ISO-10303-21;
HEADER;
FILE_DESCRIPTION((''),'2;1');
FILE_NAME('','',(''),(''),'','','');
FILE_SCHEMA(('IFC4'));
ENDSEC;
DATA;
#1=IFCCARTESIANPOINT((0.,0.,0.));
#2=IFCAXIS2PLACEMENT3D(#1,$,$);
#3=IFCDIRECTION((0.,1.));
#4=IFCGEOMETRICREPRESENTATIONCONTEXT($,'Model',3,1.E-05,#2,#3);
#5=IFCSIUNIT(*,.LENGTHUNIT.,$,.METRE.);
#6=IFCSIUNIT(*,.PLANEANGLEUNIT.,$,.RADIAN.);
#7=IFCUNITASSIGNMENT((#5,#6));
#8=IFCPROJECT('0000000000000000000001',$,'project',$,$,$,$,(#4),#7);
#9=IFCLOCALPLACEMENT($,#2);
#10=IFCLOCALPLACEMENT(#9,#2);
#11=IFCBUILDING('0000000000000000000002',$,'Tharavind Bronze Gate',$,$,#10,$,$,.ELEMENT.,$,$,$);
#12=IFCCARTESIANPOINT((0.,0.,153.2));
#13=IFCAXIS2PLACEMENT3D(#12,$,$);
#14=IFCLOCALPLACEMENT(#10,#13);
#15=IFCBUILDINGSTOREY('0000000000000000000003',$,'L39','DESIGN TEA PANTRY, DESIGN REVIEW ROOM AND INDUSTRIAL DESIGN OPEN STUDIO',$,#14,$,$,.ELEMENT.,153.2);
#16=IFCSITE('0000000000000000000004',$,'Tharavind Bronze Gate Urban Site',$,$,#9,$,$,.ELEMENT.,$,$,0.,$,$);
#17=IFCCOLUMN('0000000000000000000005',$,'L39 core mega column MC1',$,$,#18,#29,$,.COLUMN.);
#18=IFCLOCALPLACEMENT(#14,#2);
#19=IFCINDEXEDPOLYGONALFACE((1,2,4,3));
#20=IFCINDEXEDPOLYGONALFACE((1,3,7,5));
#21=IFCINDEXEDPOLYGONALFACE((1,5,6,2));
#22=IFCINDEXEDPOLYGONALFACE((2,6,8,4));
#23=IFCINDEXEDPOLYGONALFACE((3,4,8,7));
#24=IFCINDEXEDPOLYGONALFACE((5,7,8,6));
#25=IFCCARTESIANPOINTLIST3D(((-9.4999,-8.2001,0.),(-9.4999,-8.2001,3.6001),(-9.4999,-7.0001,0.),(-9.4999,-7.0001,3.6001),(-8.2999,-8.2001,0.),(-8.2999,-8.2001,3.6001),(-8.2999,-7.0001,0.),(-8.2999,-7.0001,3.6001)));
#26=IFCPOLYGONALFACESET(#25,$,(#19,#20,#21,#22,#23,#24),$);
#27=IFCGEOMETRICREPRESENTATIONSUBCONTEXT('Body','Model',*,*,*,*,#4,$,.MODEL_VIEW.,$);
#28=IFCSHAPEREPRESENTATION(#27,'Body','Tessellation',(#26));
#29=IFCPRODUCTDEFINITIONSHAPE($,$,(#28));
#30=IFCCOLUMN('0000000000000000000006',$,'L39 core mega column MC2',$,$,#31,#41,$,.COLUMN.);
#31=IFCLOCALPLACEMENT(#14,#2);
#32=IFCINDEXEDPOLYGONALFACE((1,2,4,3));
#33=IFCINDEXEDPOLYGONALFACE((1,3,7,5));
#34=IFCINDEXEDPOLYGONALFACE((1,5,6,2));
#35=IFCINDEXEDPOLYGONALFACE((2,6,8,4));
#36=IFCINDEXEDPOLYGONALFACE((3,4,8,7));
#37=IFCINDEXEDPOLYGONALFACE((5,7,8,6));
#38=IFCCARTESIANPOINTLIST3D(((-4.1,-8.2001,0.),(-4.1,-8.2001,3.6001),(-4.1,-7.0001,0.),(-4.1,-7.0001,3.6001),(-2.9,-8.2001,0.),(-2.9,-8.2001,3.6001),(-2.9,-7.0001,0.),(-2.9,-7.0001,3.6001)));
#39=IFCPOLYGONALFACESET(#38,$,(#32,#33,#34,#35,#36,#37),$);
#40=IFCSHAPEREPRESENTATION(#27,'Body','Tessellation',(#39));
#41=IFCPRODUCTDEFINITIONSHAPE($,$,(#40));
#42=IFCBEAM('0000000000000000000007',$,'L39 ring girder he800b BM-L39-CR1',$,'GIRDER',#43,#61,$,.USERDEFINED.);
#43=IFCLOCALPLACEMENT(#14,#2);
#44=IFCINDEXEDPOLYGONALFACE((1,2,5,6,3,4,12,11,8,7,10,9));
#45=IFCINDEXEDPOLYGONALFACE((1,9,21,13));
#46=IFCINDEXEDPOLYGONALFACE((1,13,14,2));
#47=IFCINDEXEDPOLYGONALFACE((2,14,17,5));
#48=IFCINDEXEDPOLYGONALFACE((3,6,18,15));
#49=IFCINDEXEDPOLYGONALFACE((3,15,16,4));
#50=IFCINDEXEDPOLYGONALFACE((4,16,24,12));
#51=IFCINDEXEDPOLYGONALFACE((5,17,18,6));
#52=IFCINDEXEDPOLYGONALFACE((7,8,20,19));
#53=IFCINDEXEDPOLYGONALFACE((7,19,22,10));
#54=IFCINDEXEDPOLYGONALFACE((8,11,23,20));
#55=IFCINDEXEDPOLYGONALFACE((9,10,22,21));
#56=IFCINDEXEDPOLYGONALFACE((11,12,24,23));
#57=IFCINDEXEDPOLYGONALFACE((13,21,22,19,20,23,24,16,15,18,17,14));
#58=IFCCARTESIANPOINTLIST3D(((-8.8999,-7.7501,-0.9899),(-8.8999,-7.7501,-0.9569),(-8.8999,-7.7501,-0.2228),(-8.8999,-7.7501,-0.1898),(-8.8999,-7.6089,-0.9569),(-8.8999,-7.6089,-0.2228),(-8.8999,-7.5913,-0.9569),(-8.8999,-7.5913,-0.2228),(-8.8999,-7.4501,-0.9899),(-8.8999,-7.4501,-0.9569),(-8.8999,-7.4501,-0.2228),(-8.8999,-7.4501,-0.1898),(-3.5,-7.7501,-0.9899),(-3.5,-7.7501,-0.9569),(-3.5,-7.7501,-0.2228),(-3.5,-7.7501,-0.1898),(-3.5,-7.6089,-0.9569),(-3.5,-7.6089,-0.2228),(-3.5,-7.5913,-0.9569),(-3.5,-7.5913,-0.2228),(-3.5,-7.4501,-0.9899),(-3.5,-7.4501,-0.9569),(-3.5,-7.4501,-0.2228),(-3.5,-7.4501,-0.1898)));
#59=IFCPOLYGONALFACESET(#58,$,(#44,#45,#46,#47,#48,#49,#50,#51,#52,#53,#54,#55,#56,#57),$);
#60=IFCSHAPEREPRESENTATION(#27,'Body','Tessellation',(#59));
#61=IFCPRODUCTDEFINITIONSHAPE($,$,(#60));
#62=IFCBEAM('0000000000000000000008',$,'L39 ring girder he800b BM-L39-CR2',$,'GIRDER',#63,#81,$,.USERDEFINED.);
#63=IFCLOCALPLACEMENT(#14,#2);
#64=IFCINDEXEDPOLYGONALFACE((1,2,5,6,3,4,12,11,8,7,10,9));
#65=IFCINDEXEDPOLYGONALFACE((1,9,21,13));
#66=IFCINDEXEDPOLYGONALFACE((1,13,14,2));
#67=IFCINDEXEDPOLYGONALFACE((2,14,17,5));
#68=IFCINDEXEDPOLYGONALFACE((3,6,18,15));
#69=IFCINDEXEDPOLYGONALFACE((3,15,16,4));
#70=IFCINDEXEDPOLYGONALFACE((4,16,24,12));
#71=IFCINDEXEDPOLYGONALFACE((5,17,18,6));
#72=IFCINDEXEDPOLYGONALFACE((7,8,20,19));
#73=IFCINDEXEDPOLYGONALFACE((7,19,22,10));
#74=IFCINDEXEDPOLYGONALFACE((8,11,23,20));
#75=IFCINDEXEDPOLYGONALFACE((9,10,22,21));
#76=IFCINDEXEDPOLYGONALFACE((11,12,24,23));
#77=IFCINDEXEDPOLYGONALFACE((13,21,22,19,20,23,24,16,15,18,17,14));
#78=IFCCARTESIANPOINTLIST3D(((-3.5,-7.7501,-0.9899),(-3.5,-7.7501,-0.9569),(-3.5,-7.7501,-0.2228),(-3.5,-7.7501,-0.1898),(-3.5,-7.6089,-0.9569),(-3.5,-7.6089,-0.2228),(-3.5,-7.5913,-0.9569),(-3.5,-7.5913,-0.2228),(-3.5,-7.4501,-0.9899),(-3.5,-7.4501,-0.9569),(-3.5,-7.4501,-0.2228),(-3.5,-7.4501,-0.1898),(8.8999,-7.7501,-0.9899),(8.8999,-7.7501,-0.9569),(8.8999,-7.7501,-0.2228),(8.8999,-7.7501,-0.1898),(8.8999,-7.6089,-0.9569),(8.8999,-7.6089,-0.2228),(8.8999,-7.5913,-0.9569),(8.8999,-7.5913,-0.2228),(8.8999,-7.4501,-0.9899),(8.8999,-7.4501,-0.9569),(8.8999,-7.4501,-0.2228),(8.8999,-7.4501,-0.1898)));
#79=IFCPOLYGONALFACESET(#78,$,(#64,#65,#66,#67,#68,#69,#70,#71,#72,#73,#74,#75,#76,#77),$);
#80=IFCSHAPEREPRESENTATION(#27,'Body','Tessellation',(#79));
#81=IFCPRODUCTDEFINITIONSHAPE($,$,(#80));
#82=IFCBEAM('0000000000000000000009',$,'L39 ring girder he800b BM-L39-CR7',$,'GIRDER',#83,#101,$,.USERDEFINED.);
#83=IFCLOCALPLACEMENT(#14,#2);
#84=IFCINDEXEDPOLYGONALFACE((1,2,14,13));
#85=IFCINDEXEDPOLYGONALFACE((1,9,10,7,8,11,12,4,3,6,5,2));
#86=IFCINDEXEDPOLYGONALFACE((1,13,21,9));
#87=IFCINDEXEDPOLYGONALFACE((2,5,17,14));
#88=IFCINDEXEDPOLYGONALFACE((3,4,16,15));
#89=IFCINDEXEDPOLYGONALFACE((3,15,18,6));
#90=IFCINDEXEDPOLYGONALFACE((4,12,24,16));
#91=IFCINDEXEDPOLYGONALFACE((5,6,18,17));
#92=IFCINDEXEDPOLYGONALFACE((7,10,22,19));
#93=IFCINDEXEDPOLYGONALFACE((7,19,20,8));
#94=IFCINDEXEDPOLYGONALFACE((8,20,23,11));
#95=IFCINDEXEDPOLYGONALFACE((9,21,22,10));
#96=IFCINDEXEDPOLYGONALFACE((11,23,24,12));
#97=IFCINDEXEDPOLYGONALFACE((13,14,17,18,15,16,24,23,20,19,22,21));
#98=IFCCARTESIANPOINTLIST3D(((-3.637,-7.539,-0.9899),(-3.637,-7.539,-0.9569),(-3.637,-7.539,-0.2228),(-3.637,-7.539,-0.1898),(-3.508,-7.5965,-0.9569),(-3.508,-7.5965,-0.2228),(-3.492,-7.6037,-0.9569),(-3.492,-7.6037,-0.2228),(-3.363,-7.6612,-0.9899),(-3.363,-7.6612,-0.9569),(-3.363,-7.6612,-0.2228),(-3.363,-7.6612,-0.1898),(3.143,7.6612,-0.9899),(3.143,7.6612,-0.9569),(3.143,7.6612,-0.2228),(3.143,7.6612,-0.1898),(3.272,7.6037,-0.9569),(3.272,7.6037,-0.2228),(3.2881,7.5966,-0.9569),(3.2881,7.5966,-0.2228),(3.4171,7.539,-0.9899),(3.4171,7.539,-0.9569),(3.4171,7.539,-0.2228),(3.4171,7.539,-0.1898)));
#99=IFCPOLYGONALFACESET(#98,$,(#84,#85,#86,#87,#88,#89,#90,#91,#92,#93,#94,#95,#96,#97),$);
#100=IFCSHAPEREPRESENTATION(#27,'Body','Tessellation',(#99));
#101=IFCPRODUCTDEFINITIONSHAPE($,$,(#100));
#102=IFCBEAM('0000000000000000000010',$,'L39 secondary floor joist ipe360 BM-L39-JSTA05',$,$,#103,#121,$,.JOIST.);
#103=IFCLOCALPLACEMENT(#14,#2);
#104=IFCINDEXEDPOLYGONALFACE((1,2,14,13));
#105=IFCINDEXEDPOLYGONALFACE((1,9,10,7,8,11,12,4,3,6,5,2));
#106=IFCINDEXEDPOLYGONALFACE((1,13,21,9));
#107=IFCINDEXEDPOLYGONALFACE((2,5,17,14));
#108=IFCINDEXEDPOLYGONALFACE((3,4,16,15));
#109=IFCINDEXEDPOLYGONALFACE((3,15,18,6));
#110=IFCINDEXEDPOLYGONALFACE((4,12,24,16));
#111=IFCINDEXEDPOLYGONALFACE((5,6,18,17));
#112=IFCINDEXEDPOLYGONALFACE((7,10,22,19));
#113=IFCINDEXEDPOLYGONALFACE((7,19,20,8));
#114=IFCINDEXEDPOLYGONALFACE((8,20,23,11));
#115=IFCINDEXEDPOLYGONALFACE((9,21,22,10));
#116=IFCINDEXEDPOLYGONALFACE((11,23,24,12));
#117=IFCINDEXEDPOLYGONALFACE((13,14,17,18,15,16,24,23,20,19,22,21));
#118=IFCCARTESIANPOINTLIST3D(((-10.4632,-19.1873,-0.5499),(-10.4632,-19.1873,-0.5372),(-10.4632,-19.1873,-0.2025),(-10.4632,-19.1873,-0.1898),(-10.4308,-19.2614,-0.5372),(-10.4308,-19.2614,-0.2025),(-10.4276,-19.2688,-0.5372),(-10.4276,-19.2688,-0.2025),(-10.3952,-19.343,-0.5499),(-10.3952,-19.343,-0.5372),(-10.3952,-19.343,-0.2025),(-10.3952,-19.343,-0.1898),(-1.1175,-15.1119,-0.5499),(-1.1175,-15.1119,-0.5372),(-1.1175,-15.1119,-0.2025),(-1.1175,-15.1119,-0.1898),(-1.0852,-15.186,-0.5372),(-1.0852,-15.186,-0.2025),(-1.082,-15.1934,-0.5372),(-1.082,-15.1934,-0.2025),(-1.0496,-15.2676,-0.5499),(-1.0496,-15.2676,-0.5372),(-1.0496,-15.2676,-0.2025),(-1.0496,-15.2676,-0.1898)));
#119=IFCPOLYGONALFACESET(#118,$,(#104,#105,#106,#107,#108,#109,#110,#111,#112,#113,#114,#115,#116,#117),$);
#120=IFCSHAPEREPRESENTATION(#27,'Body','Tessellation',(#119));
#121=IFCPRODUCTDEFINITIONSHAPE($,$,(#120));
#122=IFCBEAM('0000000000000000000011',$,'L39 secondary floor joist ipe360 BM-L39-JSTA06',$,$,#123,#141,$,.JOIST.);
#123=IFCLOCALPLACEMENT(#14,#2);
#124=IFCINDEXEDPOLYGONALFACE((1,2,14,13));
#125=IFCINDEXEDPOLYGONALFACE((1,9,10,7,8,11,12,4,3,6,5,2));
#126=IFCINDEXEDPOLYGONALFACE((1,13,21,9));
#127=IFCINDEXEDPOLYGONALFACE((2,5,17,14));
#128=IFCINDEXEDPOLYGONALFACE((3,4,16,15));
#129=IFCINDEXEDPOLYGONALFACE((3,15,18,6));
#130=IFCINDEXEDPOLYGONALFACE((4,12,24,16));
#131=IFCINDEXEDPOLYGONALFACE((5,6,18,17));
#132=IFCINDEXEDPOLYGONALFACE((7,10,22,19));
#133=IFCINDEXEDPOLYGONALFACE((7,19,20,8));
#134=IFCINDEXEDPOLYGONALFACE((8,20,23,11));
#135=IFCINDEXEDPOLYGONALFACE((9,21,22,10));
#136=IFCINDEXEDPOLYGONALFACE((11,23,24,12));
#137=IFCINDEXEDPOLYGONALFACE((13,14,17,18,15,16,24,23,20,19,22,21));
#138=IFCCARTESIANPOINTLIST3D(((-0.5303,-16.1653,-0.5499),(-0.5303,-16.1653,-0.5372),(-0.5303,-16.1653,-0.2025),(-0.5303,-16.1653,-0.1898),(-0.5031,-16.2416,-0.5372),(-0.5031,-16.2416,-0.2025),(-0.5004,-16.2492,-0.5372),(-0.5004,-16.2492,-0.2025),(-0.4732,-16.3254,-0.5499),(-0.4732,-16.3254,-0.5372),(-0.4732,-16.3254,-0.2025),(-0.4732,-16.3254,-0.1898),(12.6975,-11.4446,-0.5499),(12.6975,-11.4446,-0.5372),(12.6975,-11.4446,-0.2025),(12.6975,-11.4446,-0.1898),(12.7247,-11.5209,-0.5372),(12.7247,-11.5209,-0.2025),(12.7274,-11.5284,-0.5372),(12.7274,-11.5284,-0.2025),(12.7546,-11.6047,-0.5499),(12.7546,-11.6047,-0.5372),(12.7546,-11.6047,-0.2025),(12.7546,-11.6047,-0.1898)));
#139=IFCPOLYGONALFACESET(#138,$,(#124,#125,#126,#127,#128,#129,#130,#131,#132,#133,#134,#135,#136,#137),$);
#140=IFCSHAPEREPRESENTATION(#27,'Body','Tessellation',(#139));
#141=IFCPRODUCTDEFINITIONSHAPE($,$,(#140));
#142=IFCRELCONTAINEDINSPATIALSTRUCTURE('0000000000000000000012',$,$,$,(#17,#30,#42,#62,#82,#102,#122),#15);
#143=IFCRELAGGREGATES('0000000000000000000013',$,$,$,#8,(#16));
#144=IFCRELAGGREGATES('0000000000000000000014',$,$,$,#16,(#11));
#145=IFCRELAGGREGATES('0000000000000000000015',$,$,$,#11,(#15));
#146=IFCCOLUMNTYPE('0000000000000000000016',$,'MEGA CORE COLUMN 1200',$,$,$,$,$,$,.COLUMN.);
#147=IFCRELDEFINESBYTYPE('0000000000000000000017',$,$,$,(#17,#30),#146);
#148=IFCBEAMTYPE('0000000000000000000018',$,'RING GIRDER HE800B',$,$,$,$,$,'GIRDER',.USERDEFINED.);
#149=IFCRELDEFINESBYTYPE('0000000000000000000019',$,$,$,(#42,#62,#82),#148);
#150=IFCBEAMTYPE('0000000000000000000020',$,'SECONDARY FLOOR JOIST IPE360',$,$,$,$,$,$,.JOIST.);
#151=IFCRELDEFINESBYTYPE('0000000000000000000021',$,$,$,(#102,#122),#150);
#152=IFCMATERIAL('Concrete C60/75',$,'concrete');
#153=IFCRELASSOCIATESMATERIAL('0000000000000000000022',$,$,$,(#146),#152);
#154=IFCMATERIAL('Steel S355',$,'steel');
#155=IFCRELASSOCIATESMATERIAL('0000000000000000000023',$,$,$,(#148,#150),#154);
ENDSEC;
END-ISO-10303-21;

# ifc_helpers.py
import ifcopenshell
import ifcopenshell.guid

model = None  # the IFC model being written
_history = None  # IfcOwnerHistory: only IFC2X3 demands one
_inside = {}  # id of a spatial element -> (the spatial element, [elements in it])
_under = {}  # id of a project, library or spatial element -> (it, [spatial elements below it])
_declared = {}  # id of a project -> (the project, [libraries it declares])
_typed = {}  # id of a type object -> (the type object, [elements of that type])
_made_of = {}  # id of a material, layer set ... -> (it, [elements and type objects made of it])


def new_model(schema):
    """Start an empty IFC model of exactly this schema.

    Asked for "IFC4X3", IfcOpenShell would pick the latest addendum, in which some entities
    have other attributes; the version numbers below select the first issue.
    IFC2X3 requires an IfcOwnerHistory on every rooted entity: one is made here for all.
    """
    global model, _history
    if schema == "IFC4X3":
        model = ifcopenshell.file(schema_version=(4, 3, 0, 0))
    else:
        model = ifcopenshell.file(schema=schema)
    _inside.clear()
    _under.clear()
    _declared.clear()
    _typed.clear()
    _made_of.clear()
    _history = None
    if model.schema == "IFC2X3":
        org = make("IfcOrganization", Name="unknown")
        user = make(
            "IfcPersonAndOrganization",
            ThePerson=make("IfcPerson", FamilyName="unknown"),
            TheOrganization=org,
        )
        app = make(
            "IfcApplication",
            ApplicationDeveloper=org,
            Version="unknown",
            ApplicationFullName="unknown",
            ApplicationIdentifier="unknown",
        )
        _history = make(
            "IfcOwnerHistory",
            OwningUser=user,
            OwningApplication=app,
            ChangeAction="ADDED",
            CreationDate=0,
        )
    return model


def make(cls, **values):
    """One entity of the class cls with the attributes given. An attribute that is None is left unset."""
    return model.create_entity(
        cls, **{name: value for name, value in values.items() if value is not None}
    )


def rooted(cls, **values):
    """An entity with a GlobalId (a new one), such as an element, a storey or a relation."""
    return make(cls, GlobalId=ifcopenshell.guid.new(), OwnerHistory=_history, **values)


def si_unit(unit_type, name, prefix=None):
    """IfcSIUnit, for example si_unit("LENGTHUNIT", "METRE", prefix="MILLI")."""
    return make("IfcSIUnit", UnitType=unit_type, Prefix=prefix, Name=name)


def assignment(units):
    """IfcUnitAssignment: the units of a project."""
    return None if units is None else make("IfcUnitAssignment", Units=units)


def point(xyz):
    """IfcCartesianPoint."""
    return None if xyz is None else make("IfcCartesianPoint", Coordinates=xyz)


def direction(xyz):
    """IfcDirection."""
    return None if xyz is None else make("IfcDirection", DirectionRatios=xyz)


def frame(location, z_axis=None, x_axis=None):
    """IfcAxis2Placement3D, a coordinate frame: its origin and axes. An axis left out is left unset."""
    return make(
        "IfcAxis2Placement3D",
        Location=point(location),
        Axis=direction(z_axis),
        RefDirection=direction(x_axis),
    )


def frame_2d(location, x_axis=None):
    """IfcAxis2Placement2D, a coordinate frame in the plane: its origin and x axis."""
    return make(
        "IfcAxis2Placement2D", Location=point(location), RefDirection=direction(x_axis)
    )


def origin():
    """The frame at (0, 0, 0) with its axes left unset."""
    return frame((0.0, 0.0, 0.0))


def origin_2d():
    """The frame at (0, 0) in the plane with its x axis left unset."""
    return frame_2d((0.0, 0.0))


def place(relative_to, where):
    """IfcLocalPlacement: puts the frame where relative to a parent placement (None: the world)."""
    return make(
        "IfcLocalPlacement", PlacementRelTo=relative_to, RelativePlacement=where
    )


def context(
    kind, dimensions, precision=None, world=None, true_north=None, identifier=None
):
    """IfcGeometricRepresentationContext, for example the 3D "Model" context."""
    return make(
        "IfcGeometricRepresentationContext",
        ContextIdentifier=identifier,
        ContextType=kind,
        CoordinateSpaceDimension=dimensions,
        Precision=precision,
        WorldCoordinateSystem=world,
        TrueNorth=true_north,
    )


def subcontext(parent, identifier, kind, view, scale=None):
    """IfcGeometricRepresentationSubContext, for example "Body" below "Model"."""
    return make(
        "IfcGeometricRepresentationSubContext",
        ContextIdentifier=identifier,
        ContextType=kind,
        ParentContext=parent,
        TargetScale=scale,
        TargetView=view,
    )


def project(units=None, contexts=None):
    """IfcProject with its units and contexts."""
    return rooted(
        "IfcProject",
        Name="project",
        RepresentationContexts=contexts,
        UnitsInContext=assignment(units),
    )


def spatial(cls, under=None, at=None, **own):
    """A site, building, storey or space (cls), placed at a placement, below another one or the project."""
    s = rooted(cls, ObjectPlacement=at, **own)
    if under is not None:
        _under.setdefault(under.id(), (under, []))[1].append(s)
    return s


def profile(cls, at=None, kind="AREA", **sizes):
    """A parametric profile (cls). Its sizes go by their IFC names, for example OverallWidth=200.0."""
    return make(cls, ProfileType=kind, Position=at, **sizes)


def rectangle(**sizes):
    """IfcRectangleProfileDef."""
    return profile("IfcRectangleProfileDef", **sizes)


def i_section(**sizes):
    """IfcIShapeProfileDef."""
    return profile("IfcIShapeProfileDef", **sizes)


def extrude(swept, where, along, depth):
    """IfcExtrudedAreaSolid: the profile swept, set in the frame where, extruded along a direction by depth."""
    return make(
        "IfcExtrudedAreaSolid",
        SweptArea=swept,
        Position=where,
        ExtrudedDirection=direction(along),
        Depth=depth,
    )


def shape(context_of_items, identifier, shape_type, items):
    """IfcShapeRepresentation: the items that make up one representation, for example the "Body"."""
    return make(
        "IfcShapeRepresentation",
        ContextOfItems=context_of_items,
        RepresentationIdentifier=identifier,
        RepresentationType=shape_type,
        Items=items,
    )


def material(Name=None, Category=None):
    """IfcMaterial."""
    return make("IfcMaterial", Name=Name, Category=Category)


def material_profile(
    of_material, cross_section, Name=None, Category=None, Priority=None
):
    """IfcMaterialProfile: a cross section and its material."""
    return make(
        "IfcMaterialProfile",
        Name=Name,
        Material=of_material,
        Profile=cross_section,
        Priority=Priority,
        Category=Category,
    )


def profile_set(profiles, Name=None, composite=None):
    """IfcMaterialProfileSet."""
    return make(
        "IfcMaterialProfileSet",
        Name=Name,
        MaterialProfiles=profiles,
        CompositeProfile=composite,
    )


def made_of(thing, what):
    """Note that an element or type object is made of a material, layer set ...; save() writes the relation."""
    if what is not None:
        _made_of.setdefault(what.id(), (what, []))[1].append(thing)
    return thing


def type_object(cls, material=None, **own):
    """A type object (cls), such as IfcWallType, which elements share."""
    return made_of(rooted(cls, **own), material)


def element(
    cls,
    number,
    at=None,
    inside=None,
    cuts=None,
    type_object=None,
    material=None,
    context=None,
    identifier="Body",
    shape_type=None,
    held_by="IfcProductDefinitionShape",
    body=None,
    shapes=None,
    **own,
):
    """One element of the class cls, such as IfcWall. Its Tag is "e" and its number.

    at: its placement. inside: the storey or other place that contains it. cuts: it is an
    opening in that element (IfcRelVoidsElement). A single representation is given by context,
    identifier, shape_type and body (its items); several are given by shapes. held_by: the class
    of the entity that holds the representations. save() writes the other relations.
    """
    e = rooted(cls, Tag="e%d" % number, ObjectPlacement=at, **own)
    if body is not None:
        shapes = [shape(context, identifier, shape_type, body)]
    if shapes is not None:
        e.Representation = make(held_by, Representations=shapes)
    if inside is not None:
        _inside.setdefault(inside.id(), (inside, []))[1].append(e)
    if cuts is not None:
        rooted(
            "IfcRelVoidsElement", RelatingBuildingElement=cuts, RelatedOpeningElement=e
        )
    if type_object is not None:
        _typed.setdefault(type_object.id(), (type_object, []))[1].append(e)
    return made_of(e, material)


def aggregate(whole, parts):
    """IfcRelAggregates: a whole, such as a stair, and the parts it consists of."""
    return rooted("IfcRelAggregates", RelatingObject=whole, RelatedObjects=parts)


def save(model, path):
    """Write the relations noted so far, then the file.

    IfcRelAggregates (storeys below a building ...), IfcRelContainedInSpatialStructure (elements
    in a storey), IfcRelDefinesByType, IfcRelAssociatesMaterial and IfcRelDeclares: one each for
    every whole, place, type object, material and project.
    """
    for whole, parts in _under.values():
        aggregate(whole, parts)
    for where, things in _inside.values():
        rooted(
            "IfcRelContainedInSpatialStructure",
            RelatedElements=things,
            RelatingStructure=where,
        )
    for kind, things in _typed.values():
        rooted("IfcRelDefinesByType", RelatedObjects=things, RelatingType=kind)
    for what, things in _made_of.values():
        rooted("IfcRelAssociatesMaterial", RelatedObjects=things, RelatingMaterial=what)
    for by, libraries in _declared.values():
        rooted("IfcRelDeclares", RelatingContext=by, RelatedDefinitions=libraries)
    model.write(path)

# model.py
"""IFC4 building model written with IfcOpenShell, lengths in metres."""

from ifc_helpers import new_model, si_unit, direction, frame, origin, origin_2d, place, context, subcontext, project, spatial, rectangle, i_section, extrude, material, material_profile, profile_set, type_object, element, save


model = new_model("IFC4")

# Units and contexts
model_context = context("Model", 3, precision=1e-05, world=origin(), true_north=direction((0.0, 1.0)))
body_context = subcontext(model_context, "Body", "Model", "MODEL_VIEW")
ifc_project = project(units=[si_unit("LENGTHUNIT", "METRE"), si_unit("PLANEANGLEUNIT", "RADIAN")], contexts=[model_context])

# Site, building, storey
site_placement = place(None, origin())
site = spatial("IfcSite", under=ifc_project, at=site_placement, Name="Tharavind Bronze Gate Urban Site", CompositionType="ELEMENT", RefElevation=0.0)
building_placement = place(site_placement, origin())
building = spatial("IfcBuilding", under=site, at=building_placement, Name="Tharavind Bronze Gate", CompositionType="ELEMENT")
storey_placement = place(building_placement, frame((0.0, 0.0, 153.2)))
storey = spatial("IfcBuildingStorey", under=building, at=storey_placement, Name="L39", Description="DESIGN TEA PANTRY, DESIGN REVIEW ROOM AND INDUSTRIAL DESIGN OPEN STUDIO", CompositionType="ELEMENT", Elevation=153.2)

# Columns
ifc_material_1 = material(Name="Concrete C60/75", Category="concrete")
ifc_material_profile_1 = material_profile(ifc_material_1, rectangle(XDim=1.2, YDim=1.2, at=origin_2d()), Name="RCCOL1200")
ifc_profile_set_1 = profile_set([ifc_material_profile_1], Name="Concrete C60/75")
column_type = type_object("IfcColumnType", Name="MEGA CORE COLUMN 1200", PredefinedType="COLUMN", material=ifc_profile_set_1)
for number, where, z_axis, x_axis, name in (
    (1, (-8.8999, -7.6001, 0.0), (0.0, 0.0, 1.0), (1.0, 0.0, 0.0), "L39 core mega column MC1"),
    (2, (-3.5, -7.6001, 0.0), (0.0, 0.0, 1.0), (1.0, 0.0, 0.0), "L39 core mega column MC2"),
):
    element("IfcColumn", number, at=place(storey_placement, frame(where, z_axis=z_axis, x_axis=x_axis)), inside=storey, type_object=column_type, Name=name, PredefinedType="COLUMN", context=body_context, shape_type="SweptSolid", body=[
        extrude(rectangle(XDim=1.2, YDim=1.2, at=origin_2d()), origin(), (0.0, 0.0, 1.0), 3.6001),
    ])

# Beams
ifc_material_2 = material(Name="Steel S355", Category="steel")
ifc_material_profile_2 = material_profile(ifc_material_2, i_section(OverallWidth=0.3, OverallDepth=0.8, WebThickness=0.0176, FlangeThickness=0.033, at=origin_2d()), Name="HE800B")
ifc_profile_set_2 = profile_set([ifc_material_profile_2], Name="Steel S355")
beam_type_1 = type_object("IfcBeamType", Name="RING GIRDER HE800B", ElementType="GIRDER", PredefinedType="USERDEFINED", material=ifc_profile_set_2)
beam_1_placement = place(storey_placement, frame((-8.8999, -7.6001, -0.5898), z_axis=(1.0, 0.0, 0.0), x_axis=(0.0, 1.0, 0.0)))
element("IfcBeam", 3, at=beam_1_placement, inside=storey, type_object=beam_type_1, Name="L39 ring girder he800b BM-L39-CR1", ObjectType="GIRDER", PredefinedType="USERDEFINED", context=body_context, shape_type="SweptSolid", body=[
    extrude(i_section(OverallWidth=0.3, OverallDepth=0.8, WebThickness=0.0176, FlangeThickness=0.033, at=origin_2d()), origin(), (0.0, 0.0, 1.0), 5.3999),
])
beam_2_placement = place(storey_placement, frame((-3.5, -7.6001, -0.5898), z_axis=(1.0, 0.0, 0.0), x_axis=(0.0, 1.0, 0.0)))
element("IfcBeam", 4, at=beam_2_placement, inside=storey, type_object=beam_type_1, Name="L39 ring girder he800b BM-L39-CR2", ObjectType="GIRDER", PredefinedType="USERDEFINED", context=body_context, shape_type="SweptSolid", body=[
    extrude(i_section(OverallWidth=0.3, OverallDepth=0.8, WebThickness=0.0176, FlangeThickness=0.033, at=origin_2d()), origin(), (0.0, 0.0, 1.0), 12.3999),
])
beam_3_placement = place(storey_placement, frame((-3.5, -7.6001, -0.5898), z_axis=(0.407362, 0.913267, 0.0), x_axis=(-0.913267, 0.407362, 0.0)))
element("IfcBeam", 5, at=beam_3_placement, inside=storey, type_object=beam_type_1, Name="L39 ring girder he800b BM-L39-CR7", ObjectType="GIRDER", PredefinedType="USERDEFINED", context=body_context, shape_type="SweptSolid", body=[
    extrude(i_section(OverallWidth=0.3, OverallDepth=0.8, WebThickness=0.0176, FlangeThickness=0.033, at=origin_2d()), origin(), (0.0, 0.0, 1.0), 16.6438),
])
ifc_material_profile_3 = material_profile(ifc_material_2, i_section(OverallWidth=0.1699, OverallDepth=0.3601, WebThickness=0.0081, FlangeThickness=0.0127, at=origin_2d()), Name="IPE360")
ifc_profile_set_3 = profile_set([ifc_material_profile_3], Name="Steel S355")
beam_type_2 = type_object("IfcBeamType", Name="SECONDARY FLOOR JOIST IPE360", PredefinedType="JOIST", material=ifc_profile_set_3)
beam_4_placement = place(storey_placement, frame((-10.4292, -19.2651, -0.3699), z_axis=(0.916636, 0.399723, 0.0), x_axis=(-0.399723, 0.916636, 0.0)))
element("IfcBeam", 6, at=beam_4_placement, inside=storey, type_object=beam_type_2, Name="L39 secondary floor joist ipe360 BM-L39-JSTA05", PredefinedType="JOIST", context=body_context, shape_type="SweptSolid", body=[
    extrude(i_section(OverallWidth=0.1699, OverallDepth=0.3601, WebThickness=0.0081, FlangeThickness=0.0127, at=origin_2d()), origin(), (0.0, 0.0, 1.0), 10.1956),
])
beam_5_placement = place(storey_placement, frame((-0.5017, -16.2454, -0.3699), z_axis=(0.941821, 0.336115, 0.0), x_axis=(-0.336115, 0.941821, 0.0)))
element("IfcBeam", 7, at=beam_5_placement, inside=storey, type_object=beam_type_2, Name="L39 secondary floor joist ipe360 BM-L39-JSTA06", PredefinedType="JOIST", context=body_context, shape_type="SweptSolid", body=[
    extrude(i_section(OverallWidth=0.1699, OverallDepth=0.3601, WebThickness=0.0081, FlangeThickness=0.0127, at=origin_2d()), origin(), (0.0, 0.0, 1.0), 14.0449),
])

save(model, "model.ifc")
